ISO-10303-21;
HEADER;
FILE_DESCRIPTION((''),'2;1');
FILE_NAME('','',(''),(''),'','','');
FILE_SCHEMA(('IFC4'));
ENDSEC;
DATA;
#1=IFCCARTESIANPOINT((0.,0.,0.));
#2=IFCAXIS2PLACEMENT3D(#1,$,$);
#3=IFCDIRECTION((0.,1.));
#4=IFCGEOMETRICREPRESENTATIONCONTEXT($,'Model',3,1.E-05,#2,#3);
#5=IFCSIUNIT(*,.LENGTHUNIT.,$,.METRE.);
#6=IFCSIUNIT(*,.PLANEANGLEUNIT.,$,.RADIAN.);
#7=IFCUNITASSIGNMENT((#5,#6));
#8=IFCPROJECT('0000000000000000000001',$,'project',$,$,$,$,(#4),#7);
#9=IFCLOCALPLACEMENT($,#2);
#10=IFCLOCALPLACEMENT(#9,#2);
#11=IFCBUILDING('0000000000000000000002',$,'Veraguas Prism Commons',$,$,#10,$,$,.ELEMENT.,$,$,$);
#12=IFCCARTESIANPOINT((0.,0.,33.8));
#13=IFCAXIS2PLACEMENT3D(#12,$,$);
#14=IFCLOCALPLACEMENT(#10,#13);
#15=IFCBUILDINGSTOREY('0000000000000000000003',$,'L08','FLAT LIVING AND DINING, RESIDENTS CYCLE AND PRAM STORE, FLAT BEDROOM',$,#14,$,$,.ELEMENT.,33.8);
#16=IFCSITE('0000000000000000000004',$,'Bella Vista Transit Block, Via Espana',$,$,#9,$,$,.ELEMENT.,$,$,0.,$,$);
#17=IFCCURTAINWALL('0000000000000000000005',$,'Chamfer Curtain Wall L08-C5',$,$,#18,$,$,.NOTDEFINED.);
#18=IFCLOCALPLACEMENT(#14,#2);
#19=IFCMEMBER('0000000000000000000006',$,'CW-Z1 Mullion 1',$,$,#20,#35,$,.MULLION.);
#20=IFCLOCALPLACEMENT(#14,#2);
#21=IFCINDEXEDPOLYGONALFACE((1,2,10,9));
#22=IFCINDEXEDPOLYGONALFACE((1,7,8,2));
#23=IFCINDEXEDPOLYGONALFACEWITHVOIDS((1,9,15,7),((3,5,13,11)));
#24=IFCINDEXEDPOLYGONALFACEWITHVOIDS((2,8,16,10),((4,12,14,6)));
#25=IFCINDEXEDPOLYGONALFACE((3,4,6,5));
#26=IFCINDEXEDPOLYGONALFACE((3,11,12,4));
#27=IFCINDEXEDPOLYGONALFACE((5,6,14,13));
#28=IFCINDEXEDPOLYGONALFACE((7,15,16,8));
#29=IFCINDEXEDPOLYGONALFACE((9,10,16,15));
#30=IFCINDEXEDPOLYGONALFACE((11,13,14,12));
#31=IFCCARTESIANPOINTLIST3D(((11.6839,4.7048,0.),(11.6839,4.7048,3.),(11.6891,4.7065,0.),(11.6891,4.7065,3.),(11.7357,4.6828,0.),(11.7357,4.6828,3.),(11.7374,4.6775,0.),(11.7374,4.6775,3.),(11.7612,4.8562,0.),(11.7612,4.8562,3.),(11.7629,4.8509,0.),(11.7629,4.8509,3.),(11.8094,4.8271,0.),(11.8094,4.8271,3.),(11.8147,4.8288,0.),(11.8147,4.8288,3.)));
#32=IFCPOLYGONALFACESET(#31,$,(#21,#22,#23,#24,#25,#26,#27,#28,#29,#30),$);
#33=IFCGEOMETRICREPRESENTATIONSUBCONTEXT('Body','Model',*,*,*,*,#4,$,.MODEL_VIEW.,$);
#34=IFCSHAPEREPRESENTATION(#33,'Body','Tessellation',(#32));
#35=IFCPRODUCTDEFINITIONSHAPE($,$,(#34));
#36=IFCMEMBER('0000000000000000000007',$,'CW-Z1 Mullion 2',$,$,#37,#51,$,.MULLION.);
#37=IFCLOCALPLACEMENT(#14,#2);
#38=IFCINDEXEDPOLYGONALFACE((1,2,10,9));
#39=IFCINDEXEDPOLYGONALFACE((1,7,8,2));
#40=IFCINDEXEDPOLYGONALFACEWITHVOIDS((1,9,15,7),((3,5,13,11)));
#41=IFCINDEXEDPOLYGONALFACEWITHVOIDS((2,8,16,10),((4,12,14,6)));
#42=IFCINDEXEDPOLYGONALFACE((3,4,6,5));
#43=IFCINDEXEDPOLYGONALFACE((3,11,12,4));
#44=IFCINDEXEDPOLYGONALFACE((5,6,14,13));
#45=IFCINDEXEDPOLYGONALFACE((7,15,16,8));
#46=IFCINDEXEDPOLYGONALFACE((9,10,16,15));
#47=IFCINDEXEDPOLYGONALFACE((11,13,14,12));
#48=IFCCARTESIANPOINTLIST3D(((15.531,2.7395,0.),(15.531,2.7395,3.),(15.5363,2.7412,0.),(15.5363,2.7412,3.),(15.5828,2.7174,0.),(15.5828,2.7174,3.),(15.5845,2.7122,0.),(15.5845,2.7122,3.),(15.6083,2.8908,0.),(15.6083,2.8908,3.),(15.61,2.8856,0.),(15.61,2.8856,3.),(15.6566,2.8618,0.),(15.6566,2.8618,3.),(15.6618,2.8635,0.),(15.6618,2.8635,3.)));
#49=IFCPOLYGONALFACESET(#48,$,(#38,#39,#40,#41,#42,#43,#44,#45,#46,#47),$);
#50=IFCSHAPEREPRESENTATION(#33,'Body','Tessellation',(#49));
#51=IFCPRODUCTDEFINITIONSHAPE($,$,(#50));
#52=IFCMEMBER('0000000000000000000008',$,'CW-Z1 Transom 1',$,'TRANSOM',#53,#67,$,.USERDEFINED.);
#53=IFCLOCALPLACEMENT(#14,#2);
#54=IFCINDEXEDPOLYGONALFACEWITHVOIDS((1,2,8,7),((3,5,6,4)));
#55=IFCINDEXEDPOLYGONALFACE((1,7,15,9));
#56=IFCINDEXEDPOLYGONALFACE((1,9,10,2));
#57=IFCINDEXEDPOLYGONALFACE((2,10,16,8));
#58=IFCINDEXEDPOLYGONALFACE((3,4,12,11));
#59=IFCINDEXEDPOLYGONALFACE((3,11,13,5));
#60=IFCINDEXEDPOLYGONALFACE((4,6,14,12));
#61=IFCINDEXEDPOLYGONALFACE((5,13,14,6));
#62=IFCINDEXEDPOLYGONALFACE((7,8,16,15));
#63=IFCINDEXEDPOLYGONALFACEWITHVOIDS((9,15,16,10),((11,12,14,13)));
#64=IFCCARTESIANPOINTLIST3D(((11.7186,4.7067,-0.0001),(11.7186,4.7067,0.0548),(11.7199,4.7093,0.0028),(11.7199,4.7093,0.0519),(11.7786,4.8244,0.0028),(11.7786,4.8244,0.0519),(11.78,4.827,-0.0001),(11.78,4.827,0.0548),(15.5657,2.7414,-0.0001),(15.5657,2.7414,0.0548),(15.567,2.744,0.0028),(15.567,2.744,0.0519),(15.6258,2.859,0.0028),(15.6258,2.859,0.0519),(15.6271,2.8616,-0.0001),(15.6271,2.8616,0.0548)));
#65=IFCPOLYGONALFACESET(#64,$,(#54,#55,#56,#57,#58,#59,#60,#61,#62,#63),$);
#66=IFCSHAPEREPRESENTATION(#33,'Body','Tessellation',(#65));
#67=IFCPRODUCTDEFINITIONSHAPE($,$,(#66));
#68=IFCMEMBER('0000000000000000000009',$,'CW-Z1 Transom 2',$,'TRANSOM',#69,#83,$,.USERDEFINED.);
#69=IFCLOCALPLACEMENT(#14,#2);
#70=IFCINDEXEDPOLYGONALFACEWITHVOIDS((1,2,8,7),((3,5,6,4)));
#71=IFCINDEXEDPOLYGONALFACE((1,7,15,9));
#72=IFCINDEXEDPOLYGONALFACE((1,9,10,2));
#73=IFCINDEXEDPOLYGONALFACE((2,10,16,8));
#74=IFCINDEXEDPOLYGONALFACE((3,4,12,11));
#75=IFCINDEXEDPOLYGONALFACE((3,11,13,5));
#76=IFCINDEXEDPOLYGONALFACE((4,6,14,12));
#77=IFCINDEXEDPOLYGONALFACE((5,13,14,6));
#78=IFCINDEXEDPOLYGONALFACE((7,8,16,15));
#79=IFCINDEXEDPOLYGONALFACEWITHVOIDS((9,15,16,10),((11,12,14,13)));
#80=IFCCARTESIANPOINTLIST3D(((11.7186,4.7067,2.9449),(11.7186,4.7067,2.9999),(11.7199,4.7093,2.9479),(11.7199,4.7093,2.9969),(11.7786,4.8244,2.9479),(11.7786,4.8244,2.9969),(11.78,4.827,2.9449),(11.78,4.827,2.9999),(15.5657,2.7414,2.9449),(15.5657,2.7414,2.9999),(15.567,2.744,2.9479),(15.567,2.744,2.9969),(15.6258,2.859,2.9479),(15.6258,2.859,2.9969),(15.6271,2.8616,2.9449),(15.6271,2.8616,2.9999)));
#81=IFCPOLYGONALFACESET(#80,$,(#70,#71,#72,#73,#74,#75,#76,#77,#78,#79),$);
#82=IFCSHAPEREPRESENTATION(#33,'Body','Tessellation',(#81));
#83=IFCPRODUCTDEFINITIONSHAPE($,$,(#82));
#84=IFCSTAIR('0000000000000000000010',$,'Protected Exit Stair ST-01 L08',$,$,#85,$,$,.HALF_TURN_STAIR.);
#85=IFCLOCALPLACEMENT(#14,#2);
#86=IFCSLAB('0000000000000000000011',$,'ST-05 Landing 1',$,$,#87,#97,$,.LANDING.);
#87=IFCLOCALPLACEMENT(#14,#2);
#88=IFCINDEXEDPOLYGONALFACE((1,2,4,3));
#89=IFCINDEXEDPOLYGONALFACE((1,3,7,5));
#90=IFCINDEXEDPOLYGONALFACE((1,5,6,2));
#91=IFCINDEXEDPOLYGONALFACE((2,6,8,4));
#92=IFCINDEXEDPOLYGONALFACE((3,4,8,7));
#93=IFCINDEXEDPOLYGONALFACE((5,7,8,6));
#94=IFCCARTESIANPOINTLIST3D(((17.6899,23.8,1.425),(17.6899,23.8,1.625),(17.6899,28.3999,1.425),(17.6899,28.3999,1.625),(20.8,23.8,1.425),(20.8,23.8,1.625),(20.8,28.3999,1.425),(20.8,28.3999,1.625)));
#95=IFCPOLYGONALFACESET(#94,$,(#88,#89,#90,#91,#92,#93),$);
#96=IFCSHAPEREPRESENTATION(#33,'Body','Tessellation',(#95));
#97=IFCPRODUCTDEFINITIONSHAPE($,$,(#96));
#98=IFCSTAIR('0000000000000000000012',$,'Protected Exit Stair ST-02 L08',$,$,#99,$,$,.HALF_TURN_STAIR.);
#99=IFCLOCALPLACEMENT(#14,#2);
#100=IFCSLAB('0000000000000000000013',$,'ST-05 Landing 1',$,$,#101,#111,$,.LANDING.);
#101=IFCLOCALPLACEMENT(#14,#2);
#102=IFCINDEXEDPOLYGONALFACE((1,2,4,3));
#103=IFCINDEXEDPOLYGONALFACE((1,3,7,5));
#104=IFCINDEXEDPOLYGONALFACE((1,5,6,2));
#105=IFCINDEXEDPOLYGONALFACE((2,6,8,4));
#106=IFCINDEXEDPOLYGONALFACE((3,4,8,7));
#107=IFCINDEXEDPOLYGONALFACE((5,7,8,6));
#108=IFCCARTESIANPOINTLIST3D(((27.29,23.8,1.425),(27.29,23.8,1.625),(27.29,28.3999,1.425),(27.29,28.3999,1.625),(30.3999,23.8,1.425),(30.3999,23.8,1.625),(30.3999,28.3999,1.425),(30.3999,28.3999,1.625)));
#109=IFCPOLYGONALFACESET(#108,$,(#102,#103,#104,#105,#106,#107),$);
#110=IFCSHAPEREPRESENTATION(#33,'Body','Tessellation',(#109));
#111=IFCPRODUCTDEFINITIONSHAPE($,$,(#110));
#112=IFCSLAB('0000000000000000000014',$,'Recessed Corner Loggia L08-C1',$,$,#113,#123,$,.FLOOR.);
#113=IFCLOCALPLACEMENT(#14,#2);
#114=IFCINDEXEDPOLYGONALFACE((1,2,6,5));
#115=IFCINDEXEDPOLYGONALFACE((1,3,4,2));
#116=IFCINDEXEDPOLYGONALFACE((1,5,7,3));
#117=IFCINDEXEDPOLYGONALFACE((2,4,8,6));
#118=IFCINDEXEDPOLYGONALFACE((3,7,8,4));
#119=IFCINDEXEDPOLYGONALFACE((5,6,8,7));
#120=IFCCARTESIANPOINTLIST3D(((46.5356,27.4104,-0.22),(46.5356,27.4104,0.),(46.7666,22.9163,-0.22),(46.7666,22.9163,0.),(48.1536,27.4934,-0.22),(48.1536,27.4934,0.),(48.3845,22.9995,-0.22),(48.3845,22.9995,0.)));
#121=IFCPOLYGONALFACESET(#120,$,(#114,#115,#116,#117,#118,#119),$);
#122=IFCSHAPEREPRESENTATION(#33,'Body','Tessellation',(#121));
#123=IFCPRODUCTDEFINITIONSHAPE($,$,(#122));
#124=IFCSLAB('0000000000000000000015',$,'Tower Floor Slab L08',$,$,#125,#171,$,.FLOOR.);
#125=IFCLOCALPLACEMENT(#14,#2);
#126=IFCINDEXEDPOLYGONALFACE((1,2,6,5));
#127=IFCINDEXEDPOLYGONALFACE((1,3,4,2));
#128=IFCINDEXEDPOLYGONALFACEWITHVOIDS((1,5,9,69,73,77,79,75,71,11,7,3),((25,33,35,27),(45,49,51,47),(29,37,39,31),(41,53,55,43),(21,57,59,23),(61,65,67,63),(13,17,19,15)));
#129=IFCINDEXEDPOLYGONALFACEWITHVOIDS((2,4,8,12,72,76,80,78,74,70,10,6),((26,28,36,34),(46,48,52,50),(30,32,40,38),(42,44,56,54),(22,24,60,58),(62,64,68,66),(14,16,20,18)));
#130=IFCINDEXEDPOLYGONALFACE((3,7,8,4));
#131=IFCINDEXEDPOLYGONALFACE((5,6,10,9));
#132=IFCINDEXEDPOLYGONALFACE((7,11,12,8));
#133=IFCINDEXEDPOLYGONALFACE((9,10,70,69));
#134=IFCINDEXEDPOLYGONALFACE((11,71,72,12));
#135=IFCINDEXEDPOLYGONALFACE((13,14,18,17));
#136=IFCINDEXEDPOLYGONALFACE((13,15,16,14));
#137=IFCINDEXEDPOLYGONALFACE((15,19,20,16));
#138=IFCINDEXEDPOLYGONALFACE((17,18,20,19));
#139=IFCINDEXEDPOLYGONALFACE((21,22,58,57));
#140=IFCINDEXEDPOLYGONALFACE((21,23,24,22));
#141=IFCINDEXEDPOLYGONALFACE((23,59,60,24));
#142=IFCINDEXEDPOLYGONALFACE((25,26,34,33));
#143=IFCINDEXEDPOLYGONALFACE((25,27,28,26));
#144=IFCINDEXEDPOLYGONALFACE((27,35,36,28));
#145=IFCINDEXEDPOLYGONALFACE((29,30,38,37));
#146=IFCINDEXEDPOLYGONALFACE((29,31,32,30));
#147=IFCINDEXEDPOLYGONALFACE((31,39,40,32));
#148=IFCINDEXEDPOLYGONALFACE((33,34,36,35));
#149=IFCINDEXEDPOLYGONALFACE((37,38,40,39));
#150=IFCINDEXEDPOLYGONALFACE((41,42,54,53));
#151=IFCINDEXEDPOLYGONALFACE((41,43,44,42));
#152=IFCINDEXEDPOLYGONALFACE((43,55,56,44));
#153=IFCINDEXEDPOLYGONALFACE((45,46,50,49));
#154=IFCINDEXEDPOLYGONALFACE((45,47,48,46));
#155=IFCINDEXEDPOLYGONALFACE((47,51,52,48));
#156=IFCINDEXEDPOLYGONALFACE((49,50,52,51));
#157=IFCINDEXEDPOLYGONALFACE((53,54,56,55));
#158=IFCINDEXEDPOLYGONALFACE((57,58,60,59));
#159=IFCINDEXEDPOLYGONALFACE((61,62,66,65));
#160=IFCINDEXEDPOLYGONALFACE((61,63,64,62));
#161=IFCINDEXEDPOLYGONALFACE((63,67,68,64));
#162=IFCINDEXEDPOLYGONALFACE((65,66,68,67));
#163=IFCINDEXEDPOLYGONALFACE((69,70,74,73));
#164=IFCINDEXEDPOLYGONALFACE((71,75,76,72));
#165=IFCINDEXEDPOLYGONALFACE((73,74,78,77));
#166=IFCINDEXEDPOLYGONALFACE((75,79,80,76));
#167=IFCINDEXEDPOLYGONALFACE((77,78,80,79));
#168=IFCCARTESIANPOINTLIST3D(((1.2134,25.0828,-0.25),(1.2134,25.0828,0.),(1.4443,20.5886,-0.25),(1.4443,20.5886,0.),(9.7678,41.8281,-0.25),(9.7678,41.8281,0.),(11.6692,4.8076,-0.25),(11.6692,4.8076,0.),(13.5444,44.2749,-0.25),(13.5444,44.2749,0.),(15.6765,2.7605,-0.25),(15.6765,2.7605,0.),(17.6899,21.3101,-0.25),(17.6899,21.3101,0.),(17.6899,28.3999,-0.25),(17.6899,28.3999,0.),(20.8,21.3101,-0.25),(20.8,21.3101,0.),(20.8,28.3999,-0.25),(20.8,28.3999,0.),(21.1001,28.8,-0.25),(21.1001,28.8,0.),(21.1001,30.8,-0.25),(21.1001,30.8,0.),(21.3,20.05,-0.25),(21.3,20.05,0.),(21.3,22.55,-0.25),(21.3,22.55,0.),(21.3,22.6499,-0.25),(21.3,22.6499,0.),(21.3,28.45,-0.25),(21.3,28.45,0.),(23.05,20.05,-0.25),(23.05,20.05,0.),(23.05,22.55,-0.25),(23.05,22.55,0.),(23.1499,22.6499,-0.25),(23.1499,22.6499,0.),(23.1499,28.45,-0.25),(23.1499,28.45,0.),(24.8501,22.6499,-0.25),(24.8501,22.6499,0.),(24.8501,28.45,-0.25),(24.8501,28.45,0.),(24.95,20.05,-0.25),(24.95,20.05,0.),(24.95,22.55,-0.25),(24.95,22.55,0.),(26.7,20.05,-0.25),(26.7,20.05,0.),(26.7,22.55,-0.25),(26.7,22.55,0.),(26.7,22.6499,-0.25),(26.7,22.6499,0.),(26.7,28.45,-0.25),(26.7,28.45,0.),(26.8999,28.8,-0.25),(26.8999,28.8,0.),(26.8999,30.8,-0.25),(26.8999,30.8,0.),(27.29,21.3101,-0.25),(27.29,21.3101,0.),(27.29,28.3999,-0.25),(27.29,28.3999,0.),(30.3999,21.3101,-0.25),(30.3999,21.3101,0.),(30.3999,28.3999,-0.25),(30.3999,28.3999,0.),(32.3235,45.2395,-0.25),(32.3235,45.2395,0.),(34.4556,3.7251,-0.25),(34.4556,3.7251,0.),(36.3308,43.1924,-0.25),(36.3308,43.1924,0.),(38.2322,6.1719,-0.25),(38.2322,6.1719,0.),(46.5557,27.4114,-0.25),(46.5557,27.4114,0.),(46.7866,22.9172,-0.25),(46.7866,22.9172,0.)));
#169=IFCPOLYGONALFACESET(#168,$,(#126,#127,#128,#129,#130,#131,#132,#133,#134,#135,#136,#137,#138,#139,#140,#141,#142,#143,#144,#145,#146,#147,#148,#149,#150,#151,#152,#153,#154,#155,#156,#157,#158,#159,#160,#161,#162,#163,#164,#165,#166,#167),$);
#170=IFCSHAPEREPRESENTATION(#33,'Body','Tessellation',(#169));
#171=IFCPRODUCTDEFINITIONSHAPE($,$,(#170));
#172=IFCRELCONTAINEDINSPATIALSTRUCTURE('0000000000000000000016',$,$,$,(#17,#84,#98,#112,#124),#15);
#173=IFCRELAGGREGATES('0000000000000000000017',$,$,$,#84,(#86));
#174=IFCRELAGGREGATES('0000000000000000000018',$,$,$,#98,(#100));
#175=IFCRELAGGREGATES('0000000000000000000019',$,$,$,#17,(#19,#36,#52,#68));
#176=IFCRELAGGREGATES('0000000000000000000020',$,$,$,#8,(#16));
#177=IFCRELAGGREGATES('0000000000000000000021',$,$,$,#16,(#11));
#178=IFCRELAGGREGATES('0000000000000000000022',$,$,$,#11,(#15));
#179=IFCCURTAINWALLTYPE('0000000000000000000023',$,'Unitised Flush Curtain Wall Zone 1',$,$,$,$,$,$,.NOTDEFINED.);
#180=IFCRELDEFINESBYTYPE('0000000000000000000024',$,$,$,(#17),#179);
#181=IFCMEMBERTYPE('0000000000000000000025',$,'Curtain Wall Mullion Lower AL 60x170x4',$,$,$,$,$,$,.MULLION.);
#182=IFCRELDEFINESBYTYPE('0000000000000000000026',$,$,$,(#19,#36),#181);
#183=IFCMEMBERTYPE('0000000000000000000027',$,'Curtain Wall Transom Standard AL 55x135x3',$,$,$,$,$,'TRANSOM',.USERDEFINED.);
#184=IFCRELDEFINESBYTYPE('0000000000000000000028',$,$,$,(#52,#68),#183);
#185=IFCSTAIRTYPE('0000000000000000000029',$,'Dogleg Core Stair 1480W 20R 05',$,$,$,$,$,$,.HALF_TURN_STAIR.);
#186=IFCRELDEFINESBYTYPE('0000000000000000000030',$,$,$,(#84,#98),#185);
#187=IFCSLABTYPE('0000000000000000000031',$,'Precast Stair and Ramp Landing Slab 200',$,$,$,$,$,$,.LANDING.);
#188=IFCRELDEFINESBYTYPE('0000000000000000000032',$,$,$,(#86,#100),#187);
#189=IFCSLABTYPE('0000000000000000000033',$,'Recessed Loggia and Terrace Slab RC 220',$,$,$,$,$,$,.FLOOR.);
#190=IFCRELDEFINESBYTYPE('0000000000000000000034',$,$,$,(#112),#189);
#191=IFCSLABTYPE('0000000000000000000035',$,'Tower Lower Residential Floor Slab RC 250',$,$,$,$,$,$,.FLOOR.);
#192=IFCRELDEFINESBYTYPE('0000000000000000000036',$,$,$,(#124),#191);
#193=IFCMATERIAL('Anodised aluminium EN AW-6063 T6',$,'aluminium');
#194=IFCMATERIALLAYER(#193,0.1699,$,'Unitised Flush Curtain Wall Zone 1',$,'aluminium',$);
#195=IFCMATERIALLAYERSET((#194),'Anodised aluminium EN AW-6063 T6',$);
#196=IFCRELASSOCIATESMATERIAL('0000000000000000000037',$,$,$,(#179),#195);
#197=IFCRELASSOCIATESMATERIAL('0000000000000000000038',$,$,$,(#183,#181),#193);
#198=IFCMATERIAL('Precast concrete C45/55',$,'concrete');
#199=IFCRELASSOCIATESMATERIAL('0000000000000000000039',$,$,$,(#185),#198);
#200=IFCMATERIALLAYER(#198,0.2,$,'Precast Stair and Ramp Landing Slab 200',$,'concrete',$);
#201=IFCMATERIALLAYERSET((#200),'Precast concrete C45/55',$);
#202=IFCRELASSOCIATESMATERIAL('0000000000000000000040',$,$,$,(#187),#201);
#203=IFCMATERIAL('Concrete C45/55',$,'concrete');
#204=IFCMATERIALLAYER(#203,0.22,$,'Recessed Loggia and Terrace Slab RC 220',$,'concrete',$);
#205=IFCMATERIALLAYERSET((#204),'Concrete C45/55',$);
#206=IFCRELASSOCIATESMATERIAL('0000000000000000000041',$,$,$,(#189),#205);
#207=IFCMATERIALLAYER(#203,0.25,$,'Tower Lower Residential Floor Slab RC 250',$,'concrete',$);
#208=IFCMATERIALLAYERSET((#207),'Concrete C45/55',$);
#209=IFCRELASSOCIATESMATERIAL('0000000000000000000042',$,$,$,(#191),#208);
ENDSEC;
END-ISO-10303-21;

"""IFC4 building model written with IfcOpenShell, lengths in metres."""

from ifc_helpers import new_model, si_unit, direction, frame, origin, origin_2d, place, context, subcontext, project, spatial, polyline, hollow_rectangle, outline, extrude, source, transform, mapped, material, layer, layer_set, material_profile, profile_set, type_object, element, aggregate, save


model = new_model("IFC4")

# Units and contexts
model_context = context("Model", 3, precision=1e-05, world=origin(), true_north=direction((0.0, 1.0)))
body_context = subcontext(model_context, "Body", "Model", "MODEL_VIEW")
ifc_project = project(units=[si_unit("LENGTHUNIT", "METRE"), si_unit("PLANEANGLEUNIT", "RADIAN")], contexts=[model_context])

# Site, building, storey
site_placement = place(None, origin())
site = spatial("IfcSite", under=ifc_project, at=site_placement, Name="Bella Vista Transit Block, Via Espana", CompositionType="ELEMENT", RefElevation=0.0)
building_placement = place(site_placement, origin())
building = spatial("IfcBuilding", under=site, at=building_placement, Name="Veraguas Prism Commons", CompositionType="ELEMENT")
storey_placement = place(building_placement, frame((0.0, 0.0, 33.8)))
storey = spatial("IfcBuildingStorey", under=building, at=storey_placement, Name="L08", Description="FLAT LIVING AND DINING, RESIDENTS CYCLE AND PRAM STORE, FLAT BEDROOM", CompositionType="ELEMENT", Elevation=33.8)

# Shared definitions
ifc_material_1 = material(Name="Anodised aluminium EN AW-6063 T6", Category="aluminium")
ifc_layer_1 = layer(ifc_material_1, 0.1699, Name="Unitised Flush Curtain Wall Zone 1", Category="aluminium")
ifc_layer_set_1 = layer_set([ifc_layer_1], Name="Anodised aluminium EN AW-6063 T6")
curtain_wall_type = type_object("IfcCurtainWallType", Name="Unitised Flush Curtain Wall Zone 1", PredefinedType="NOTDEFINED", material=ifc_layer_set_1)
ifc_material_profile_1 = material_profile(ifc_material_1, hollow_rectangle(XDim=0.0549, YDim=0.135, WallThickness=0.0029, at=origin_2d()), Name="AL55X135X3")
ifc_profile_set_1 = profile_set([ifc_material_profile_1], Name="Anodised aluminium EN AW-6063 T6")
member_type_1 = type_object("IfcMemberType", Name="Curtain Wall Transom Standard AL 55x135x3", ElementType="TRANSOM", PredefinedType="USERDEFINED", material=ifc_profile_set_1)
ifc_material_profile_2 = material_profile(ifc_material_1, hollow_rectangle(XDim=0.0601, YDim=0.1699, WallThickness=0.0039, at=origin_2d()), Name="AL60X170X4")
ifc_profile_set_2 = profile_set([ifc_material_profile_2], Name="Anodised aluminium EN AW-6063 T6")
member_type_2 = type_object("IfcMemberType", Name="Curtain Wall Mullion Lower AL 60x170x4", PredefinedType="MULLION", material=ifc_profile_set_2)
shared_shape_1 = source(origin(), body_context, "Body", "SweptSolid", [
    extrude(hollow_rectangle(XDim=0.0601, YDim=0.1699, WallThickness=0.0039, at=origin_2d()), origin(), (0.0, 0.0, 1.0), 3.0),
])

# Curtain wall, members
curtain_wall_1_placement = place(storey_placement, origin())
curtain_wall_1 = element("IfcCurtainWall", 1, at=curtain_wall_1_placement, inside=storey, type_object=curtain_wall_type, Name="Chamfer Curtain Wall L08-C5", PredefinedType="NOTDEFINED")
member_1_placement = place(storey_placement, frame((11.7493, 4.7668, 0.0), z_axis=(0.0, 0.0, 1.0), x_axis=(0.890531, -0.454923, 0.0)))
member_1 = element("IfcMember", 2, at=member_1_placement, type_object=member_type_2, Name="CW-Z1 Mullion 1", PredefinedType="MULLION", context=body_context, shape_type="MappedRepresentation", body=[
    mapped(shared_shape_1, transform((0.0, 0.0, 0.0), scale=1.0)),
])
member_2_placement = place(storey_placement, frame((15.5964, 2.8015, 0.0), z_axis=(0.0, 0.0, 1.0), x_axis=(0.890531, -0.454923, 0.0)))
member_2 = element("IfcMember", 3, at=member_2_placement, type_object=member_type_2, Name="CW-Z1 Mullion 2", PredefinedType="MULLION", context=body_context, shape_type="MappedRepresentation", body=[
    mapped(shared_shape_1, transform((0.0, 0.0, 0.0), scale=1.0)),
])
shared_shape_2 = source(origin(), body_context, "Body", "SweptSolid", [
    extrude(hollow_rectangle(XDim=0.0549, YDim=0.135, WallThickness=0.0029, at=origin_2d()), origin(), (0.0, 0.0, 1.0), 4.3201),
])
member_3_placement = place(storey_placement, frame((11.7493, 4.7668, 0.0273), z_axis=(0.890528, -0.454928, 0.0), x_axis=(0.0, 0.0, 1.0)))
member_3 = element("IfcMember", 4, at=member_3_placement, type_object=member_type_1, Name="CW-Z1 Transom 1", ObjectType="TRANSOM", PredefinedType="USERDEFINED", context=body_context, shape_type="MappedRepresentation", body=[
    mapped(shared_shape_2, transform((0.0, 0.0, 0.0), scale=1.0)),
])
member_4_placement = place(storey_placement, frame((11.7493, 4.7668, 2.9724), z_axis=(0.890528, -0.454928, 0.0), x_axis=(0.0, 0.0, 1.0)))
member_4 = element("IfcMember", 5, at=member_4_placement, type_object=member_type_1, Name="CW-Z1 Transom 2", ObjectType="TRANSOM", PredefinedType="USERDEFINED", context=body_context, shape_type="MappedRepresentation", body=[
    mapped(shared_shape_2, transform((0.0, 0.0, 0.0), scale=1.0)),
])

# Stairs, slabs
ifc_material_2 = material(Name="Precast concrete C45/55", Category="concrete")
stair_type = type_object("IfcStairType", Name="Dogleg Core Stair 1480W 20R 05", PredefinedType="HALF_TURN_STAIR", material=ifc_material_2)
stair_1_placement = place(storey_placement, origin())
stair_1 = element("IfcStair", 6, at=stair_1_placement, inside=storey, type_object=stair_type, Name="Protected Exit Stair ST-01 L08", PredefinedType="HALF_TURN_STAIR")
ifc_layer_2 = layer(ifc_material_2, 0.2, Name="Precast Stair and Ramp Landing Slab 200", Category="concrete")
ifc_layer_set_2 = layer_set([ifc_layer_2], Name="Precast concrete C45/55")
slab_type_1 = type_object("IfcSlabType", Name="Precast Stair and Ramp Landing Slab 200", PredefinedType="LANDING", material=ifc_layer_set_2)
slab_1_placement = place(storey_placement, frame((0.0, 0.0, 1.425)))
slab_1 = element("IfcSlab", 7, at=slab_1_placement, type_object=slab_type_1, Name="ST-05 Landing 1", PredefinedType="LANDING", context=body_context, shape_type="SweptSolid", body=[
    extrude(outline(polyline([(20.8, 23.8), (20.8, 28.3999), (17.6899, 28.3999), (17.6899, 23.8), (20.8, 23.8)])), origin(), (0.0, 0.0, 1.0), 0.2),
])
aggregate(stair_1, [slab_1])
stair_2_placement = place(storey_placement, origin())
stair_2 = element("IfcStair", 8, at=stair_2_placement, inside=storey, type_object=stair_type, Name="Protected Exit Stair ST-02 L08", PredefinedType="HALF_TURN_STAIR")
slab_2_placement = place(storey_placement, frame((0.0, 0.0, 1.425)))
slab_2 = element("IfcSlab", 9, at=slab_2_placement, type_object=slab_type_1, Name="ST-05 Landing 1", PredefinedType="LANDING", context=body_context, shape_type="SweptSolid", body=[
    extrude(outline(polyline([(30.3999, 23.8), (30.3999, 28.3999), (27.29, 28.3999), (27.29, 23.8), (30.3999, 23.8)])), origin(), (0.0, 0.0, 1.0), 0.2),
])
aggregate(stair_2, [slab_2])

# Slabs
ifc_material_3 = material(Name="Concrete C45/55", Category="concrete")
ifc_layer_3 = layer(ifc_material_3, 0.22, Name="Recessed Loggia and Terrace Slab RC 220", Category="concrete")
ifc_layer_set_3 = layer_set([ifc_layer_3], Name="Concrete C45/55")
slab_type_2 = type_object("IfcSlabType", Name="Recessed Loggia and Terrace Slab RC 220", PredefinedType="FLOOR", material=ifc_layer_set_3)
slab_3_placement = place(storey_placement, frame((0.0, 0.0, -0.22)))
element("IfcSlab", 10, at=slab_3_placement, inside=storey, type_object=slab_type_2, Name="Recessed Corner Loggia L08-C1", PredefinedType="FLOOR", context=body_context, shape_type="SweptSolid", body=[
    extrude(outline(polyline([(46.7666, 22.9163), (48.3845, 22.9995), (48.1536, 27.4934), (46.5356, 27.4104), (46.7666, 22.9163)])), origin(), (0.0, 0.0, 1.0), 0.22),
])
ifc_layer_4 = layer(ifc_material_3, 0.25, Name="Tower Lower Residential Floor Slab RC 250", Category="concrete")
ifc_layer_set_4 = layer_set([ifc_layer_4], Name="Concrete C45/55")
slab_type_3 = type_object("IfcSlabType", Name="Tower Lower Residential Floor Slab RC 250", PredefinedType="FLOOR", material=ifc_layer_set_4)
slab_4_placement = place(storey_placement, frame((0.0, 0.0, -0.25)))
element("IfcSlab", 11, at=slab_4_placement, inside=storey, type_object=slab_type_3, Name="Tower Floor Slab L08", PredefinedType="FLOOR", context=body_context, shape_type="SweptSolid", body=[
    extrude(outline(polyline([(46.7866, 22.9172), (46.5557, 27.4114), (36.3308, 43.1924), (32.3235, 45.2395), (13.5444, 44.2749), (9.7678, 41.8281), (1.2134, 25.0828), (1.4443, 20.5886), (11.6692, 4.8076), (15.6765, 2.7605), (34.4556, 3.7251), (38.2322, 6.1719), (46.7866, 22.9172)]), holes=[polyline([(20.8, 21.3101), (20.8, 28.3999), (17.6899, 28.3999), (17.6899, 21.3101), (20.8, 21.3101)]), polyline([(30.3999, 21.3101), (30.3999, 28.3999), (27.29, 28.3999), (27.29, 21.3101), (30.3999, 21.3101)]), polyline([(21.3, 22.6499), (23.1499, 22.6499), (23.1499, 28.45), (21.3, 28.45), (21.3, 22.6499)]), polyline([(24.8501, 22.6499), (26.7, 22.6499), (26.7, 28.45), (24.8501, 28.45), (24.8501, 22.6499)]), polyline([(21.1001, 28.8), (26.8999, 28.8), (26.8999, 30.8), (21.1001, 30.8), (21.1001, 28.8)]), polyline([(21.3, 20.05), (23.05, 20.05), (23.05, 22.55), (21.3, 22.55), (21.3, 20.05)]), polyline([(24.95, 20.05), (26.7, 20.05), (26.7, 22.55), (24.95, 22.55), (24.95, 20.05)])]), origin(), (0.0, 0.0, 1.0), 0.25),
])

aggregate(curtain_wall_1, [member_1, member_2, member_3, member_4])

save(model, "model.ifc")
